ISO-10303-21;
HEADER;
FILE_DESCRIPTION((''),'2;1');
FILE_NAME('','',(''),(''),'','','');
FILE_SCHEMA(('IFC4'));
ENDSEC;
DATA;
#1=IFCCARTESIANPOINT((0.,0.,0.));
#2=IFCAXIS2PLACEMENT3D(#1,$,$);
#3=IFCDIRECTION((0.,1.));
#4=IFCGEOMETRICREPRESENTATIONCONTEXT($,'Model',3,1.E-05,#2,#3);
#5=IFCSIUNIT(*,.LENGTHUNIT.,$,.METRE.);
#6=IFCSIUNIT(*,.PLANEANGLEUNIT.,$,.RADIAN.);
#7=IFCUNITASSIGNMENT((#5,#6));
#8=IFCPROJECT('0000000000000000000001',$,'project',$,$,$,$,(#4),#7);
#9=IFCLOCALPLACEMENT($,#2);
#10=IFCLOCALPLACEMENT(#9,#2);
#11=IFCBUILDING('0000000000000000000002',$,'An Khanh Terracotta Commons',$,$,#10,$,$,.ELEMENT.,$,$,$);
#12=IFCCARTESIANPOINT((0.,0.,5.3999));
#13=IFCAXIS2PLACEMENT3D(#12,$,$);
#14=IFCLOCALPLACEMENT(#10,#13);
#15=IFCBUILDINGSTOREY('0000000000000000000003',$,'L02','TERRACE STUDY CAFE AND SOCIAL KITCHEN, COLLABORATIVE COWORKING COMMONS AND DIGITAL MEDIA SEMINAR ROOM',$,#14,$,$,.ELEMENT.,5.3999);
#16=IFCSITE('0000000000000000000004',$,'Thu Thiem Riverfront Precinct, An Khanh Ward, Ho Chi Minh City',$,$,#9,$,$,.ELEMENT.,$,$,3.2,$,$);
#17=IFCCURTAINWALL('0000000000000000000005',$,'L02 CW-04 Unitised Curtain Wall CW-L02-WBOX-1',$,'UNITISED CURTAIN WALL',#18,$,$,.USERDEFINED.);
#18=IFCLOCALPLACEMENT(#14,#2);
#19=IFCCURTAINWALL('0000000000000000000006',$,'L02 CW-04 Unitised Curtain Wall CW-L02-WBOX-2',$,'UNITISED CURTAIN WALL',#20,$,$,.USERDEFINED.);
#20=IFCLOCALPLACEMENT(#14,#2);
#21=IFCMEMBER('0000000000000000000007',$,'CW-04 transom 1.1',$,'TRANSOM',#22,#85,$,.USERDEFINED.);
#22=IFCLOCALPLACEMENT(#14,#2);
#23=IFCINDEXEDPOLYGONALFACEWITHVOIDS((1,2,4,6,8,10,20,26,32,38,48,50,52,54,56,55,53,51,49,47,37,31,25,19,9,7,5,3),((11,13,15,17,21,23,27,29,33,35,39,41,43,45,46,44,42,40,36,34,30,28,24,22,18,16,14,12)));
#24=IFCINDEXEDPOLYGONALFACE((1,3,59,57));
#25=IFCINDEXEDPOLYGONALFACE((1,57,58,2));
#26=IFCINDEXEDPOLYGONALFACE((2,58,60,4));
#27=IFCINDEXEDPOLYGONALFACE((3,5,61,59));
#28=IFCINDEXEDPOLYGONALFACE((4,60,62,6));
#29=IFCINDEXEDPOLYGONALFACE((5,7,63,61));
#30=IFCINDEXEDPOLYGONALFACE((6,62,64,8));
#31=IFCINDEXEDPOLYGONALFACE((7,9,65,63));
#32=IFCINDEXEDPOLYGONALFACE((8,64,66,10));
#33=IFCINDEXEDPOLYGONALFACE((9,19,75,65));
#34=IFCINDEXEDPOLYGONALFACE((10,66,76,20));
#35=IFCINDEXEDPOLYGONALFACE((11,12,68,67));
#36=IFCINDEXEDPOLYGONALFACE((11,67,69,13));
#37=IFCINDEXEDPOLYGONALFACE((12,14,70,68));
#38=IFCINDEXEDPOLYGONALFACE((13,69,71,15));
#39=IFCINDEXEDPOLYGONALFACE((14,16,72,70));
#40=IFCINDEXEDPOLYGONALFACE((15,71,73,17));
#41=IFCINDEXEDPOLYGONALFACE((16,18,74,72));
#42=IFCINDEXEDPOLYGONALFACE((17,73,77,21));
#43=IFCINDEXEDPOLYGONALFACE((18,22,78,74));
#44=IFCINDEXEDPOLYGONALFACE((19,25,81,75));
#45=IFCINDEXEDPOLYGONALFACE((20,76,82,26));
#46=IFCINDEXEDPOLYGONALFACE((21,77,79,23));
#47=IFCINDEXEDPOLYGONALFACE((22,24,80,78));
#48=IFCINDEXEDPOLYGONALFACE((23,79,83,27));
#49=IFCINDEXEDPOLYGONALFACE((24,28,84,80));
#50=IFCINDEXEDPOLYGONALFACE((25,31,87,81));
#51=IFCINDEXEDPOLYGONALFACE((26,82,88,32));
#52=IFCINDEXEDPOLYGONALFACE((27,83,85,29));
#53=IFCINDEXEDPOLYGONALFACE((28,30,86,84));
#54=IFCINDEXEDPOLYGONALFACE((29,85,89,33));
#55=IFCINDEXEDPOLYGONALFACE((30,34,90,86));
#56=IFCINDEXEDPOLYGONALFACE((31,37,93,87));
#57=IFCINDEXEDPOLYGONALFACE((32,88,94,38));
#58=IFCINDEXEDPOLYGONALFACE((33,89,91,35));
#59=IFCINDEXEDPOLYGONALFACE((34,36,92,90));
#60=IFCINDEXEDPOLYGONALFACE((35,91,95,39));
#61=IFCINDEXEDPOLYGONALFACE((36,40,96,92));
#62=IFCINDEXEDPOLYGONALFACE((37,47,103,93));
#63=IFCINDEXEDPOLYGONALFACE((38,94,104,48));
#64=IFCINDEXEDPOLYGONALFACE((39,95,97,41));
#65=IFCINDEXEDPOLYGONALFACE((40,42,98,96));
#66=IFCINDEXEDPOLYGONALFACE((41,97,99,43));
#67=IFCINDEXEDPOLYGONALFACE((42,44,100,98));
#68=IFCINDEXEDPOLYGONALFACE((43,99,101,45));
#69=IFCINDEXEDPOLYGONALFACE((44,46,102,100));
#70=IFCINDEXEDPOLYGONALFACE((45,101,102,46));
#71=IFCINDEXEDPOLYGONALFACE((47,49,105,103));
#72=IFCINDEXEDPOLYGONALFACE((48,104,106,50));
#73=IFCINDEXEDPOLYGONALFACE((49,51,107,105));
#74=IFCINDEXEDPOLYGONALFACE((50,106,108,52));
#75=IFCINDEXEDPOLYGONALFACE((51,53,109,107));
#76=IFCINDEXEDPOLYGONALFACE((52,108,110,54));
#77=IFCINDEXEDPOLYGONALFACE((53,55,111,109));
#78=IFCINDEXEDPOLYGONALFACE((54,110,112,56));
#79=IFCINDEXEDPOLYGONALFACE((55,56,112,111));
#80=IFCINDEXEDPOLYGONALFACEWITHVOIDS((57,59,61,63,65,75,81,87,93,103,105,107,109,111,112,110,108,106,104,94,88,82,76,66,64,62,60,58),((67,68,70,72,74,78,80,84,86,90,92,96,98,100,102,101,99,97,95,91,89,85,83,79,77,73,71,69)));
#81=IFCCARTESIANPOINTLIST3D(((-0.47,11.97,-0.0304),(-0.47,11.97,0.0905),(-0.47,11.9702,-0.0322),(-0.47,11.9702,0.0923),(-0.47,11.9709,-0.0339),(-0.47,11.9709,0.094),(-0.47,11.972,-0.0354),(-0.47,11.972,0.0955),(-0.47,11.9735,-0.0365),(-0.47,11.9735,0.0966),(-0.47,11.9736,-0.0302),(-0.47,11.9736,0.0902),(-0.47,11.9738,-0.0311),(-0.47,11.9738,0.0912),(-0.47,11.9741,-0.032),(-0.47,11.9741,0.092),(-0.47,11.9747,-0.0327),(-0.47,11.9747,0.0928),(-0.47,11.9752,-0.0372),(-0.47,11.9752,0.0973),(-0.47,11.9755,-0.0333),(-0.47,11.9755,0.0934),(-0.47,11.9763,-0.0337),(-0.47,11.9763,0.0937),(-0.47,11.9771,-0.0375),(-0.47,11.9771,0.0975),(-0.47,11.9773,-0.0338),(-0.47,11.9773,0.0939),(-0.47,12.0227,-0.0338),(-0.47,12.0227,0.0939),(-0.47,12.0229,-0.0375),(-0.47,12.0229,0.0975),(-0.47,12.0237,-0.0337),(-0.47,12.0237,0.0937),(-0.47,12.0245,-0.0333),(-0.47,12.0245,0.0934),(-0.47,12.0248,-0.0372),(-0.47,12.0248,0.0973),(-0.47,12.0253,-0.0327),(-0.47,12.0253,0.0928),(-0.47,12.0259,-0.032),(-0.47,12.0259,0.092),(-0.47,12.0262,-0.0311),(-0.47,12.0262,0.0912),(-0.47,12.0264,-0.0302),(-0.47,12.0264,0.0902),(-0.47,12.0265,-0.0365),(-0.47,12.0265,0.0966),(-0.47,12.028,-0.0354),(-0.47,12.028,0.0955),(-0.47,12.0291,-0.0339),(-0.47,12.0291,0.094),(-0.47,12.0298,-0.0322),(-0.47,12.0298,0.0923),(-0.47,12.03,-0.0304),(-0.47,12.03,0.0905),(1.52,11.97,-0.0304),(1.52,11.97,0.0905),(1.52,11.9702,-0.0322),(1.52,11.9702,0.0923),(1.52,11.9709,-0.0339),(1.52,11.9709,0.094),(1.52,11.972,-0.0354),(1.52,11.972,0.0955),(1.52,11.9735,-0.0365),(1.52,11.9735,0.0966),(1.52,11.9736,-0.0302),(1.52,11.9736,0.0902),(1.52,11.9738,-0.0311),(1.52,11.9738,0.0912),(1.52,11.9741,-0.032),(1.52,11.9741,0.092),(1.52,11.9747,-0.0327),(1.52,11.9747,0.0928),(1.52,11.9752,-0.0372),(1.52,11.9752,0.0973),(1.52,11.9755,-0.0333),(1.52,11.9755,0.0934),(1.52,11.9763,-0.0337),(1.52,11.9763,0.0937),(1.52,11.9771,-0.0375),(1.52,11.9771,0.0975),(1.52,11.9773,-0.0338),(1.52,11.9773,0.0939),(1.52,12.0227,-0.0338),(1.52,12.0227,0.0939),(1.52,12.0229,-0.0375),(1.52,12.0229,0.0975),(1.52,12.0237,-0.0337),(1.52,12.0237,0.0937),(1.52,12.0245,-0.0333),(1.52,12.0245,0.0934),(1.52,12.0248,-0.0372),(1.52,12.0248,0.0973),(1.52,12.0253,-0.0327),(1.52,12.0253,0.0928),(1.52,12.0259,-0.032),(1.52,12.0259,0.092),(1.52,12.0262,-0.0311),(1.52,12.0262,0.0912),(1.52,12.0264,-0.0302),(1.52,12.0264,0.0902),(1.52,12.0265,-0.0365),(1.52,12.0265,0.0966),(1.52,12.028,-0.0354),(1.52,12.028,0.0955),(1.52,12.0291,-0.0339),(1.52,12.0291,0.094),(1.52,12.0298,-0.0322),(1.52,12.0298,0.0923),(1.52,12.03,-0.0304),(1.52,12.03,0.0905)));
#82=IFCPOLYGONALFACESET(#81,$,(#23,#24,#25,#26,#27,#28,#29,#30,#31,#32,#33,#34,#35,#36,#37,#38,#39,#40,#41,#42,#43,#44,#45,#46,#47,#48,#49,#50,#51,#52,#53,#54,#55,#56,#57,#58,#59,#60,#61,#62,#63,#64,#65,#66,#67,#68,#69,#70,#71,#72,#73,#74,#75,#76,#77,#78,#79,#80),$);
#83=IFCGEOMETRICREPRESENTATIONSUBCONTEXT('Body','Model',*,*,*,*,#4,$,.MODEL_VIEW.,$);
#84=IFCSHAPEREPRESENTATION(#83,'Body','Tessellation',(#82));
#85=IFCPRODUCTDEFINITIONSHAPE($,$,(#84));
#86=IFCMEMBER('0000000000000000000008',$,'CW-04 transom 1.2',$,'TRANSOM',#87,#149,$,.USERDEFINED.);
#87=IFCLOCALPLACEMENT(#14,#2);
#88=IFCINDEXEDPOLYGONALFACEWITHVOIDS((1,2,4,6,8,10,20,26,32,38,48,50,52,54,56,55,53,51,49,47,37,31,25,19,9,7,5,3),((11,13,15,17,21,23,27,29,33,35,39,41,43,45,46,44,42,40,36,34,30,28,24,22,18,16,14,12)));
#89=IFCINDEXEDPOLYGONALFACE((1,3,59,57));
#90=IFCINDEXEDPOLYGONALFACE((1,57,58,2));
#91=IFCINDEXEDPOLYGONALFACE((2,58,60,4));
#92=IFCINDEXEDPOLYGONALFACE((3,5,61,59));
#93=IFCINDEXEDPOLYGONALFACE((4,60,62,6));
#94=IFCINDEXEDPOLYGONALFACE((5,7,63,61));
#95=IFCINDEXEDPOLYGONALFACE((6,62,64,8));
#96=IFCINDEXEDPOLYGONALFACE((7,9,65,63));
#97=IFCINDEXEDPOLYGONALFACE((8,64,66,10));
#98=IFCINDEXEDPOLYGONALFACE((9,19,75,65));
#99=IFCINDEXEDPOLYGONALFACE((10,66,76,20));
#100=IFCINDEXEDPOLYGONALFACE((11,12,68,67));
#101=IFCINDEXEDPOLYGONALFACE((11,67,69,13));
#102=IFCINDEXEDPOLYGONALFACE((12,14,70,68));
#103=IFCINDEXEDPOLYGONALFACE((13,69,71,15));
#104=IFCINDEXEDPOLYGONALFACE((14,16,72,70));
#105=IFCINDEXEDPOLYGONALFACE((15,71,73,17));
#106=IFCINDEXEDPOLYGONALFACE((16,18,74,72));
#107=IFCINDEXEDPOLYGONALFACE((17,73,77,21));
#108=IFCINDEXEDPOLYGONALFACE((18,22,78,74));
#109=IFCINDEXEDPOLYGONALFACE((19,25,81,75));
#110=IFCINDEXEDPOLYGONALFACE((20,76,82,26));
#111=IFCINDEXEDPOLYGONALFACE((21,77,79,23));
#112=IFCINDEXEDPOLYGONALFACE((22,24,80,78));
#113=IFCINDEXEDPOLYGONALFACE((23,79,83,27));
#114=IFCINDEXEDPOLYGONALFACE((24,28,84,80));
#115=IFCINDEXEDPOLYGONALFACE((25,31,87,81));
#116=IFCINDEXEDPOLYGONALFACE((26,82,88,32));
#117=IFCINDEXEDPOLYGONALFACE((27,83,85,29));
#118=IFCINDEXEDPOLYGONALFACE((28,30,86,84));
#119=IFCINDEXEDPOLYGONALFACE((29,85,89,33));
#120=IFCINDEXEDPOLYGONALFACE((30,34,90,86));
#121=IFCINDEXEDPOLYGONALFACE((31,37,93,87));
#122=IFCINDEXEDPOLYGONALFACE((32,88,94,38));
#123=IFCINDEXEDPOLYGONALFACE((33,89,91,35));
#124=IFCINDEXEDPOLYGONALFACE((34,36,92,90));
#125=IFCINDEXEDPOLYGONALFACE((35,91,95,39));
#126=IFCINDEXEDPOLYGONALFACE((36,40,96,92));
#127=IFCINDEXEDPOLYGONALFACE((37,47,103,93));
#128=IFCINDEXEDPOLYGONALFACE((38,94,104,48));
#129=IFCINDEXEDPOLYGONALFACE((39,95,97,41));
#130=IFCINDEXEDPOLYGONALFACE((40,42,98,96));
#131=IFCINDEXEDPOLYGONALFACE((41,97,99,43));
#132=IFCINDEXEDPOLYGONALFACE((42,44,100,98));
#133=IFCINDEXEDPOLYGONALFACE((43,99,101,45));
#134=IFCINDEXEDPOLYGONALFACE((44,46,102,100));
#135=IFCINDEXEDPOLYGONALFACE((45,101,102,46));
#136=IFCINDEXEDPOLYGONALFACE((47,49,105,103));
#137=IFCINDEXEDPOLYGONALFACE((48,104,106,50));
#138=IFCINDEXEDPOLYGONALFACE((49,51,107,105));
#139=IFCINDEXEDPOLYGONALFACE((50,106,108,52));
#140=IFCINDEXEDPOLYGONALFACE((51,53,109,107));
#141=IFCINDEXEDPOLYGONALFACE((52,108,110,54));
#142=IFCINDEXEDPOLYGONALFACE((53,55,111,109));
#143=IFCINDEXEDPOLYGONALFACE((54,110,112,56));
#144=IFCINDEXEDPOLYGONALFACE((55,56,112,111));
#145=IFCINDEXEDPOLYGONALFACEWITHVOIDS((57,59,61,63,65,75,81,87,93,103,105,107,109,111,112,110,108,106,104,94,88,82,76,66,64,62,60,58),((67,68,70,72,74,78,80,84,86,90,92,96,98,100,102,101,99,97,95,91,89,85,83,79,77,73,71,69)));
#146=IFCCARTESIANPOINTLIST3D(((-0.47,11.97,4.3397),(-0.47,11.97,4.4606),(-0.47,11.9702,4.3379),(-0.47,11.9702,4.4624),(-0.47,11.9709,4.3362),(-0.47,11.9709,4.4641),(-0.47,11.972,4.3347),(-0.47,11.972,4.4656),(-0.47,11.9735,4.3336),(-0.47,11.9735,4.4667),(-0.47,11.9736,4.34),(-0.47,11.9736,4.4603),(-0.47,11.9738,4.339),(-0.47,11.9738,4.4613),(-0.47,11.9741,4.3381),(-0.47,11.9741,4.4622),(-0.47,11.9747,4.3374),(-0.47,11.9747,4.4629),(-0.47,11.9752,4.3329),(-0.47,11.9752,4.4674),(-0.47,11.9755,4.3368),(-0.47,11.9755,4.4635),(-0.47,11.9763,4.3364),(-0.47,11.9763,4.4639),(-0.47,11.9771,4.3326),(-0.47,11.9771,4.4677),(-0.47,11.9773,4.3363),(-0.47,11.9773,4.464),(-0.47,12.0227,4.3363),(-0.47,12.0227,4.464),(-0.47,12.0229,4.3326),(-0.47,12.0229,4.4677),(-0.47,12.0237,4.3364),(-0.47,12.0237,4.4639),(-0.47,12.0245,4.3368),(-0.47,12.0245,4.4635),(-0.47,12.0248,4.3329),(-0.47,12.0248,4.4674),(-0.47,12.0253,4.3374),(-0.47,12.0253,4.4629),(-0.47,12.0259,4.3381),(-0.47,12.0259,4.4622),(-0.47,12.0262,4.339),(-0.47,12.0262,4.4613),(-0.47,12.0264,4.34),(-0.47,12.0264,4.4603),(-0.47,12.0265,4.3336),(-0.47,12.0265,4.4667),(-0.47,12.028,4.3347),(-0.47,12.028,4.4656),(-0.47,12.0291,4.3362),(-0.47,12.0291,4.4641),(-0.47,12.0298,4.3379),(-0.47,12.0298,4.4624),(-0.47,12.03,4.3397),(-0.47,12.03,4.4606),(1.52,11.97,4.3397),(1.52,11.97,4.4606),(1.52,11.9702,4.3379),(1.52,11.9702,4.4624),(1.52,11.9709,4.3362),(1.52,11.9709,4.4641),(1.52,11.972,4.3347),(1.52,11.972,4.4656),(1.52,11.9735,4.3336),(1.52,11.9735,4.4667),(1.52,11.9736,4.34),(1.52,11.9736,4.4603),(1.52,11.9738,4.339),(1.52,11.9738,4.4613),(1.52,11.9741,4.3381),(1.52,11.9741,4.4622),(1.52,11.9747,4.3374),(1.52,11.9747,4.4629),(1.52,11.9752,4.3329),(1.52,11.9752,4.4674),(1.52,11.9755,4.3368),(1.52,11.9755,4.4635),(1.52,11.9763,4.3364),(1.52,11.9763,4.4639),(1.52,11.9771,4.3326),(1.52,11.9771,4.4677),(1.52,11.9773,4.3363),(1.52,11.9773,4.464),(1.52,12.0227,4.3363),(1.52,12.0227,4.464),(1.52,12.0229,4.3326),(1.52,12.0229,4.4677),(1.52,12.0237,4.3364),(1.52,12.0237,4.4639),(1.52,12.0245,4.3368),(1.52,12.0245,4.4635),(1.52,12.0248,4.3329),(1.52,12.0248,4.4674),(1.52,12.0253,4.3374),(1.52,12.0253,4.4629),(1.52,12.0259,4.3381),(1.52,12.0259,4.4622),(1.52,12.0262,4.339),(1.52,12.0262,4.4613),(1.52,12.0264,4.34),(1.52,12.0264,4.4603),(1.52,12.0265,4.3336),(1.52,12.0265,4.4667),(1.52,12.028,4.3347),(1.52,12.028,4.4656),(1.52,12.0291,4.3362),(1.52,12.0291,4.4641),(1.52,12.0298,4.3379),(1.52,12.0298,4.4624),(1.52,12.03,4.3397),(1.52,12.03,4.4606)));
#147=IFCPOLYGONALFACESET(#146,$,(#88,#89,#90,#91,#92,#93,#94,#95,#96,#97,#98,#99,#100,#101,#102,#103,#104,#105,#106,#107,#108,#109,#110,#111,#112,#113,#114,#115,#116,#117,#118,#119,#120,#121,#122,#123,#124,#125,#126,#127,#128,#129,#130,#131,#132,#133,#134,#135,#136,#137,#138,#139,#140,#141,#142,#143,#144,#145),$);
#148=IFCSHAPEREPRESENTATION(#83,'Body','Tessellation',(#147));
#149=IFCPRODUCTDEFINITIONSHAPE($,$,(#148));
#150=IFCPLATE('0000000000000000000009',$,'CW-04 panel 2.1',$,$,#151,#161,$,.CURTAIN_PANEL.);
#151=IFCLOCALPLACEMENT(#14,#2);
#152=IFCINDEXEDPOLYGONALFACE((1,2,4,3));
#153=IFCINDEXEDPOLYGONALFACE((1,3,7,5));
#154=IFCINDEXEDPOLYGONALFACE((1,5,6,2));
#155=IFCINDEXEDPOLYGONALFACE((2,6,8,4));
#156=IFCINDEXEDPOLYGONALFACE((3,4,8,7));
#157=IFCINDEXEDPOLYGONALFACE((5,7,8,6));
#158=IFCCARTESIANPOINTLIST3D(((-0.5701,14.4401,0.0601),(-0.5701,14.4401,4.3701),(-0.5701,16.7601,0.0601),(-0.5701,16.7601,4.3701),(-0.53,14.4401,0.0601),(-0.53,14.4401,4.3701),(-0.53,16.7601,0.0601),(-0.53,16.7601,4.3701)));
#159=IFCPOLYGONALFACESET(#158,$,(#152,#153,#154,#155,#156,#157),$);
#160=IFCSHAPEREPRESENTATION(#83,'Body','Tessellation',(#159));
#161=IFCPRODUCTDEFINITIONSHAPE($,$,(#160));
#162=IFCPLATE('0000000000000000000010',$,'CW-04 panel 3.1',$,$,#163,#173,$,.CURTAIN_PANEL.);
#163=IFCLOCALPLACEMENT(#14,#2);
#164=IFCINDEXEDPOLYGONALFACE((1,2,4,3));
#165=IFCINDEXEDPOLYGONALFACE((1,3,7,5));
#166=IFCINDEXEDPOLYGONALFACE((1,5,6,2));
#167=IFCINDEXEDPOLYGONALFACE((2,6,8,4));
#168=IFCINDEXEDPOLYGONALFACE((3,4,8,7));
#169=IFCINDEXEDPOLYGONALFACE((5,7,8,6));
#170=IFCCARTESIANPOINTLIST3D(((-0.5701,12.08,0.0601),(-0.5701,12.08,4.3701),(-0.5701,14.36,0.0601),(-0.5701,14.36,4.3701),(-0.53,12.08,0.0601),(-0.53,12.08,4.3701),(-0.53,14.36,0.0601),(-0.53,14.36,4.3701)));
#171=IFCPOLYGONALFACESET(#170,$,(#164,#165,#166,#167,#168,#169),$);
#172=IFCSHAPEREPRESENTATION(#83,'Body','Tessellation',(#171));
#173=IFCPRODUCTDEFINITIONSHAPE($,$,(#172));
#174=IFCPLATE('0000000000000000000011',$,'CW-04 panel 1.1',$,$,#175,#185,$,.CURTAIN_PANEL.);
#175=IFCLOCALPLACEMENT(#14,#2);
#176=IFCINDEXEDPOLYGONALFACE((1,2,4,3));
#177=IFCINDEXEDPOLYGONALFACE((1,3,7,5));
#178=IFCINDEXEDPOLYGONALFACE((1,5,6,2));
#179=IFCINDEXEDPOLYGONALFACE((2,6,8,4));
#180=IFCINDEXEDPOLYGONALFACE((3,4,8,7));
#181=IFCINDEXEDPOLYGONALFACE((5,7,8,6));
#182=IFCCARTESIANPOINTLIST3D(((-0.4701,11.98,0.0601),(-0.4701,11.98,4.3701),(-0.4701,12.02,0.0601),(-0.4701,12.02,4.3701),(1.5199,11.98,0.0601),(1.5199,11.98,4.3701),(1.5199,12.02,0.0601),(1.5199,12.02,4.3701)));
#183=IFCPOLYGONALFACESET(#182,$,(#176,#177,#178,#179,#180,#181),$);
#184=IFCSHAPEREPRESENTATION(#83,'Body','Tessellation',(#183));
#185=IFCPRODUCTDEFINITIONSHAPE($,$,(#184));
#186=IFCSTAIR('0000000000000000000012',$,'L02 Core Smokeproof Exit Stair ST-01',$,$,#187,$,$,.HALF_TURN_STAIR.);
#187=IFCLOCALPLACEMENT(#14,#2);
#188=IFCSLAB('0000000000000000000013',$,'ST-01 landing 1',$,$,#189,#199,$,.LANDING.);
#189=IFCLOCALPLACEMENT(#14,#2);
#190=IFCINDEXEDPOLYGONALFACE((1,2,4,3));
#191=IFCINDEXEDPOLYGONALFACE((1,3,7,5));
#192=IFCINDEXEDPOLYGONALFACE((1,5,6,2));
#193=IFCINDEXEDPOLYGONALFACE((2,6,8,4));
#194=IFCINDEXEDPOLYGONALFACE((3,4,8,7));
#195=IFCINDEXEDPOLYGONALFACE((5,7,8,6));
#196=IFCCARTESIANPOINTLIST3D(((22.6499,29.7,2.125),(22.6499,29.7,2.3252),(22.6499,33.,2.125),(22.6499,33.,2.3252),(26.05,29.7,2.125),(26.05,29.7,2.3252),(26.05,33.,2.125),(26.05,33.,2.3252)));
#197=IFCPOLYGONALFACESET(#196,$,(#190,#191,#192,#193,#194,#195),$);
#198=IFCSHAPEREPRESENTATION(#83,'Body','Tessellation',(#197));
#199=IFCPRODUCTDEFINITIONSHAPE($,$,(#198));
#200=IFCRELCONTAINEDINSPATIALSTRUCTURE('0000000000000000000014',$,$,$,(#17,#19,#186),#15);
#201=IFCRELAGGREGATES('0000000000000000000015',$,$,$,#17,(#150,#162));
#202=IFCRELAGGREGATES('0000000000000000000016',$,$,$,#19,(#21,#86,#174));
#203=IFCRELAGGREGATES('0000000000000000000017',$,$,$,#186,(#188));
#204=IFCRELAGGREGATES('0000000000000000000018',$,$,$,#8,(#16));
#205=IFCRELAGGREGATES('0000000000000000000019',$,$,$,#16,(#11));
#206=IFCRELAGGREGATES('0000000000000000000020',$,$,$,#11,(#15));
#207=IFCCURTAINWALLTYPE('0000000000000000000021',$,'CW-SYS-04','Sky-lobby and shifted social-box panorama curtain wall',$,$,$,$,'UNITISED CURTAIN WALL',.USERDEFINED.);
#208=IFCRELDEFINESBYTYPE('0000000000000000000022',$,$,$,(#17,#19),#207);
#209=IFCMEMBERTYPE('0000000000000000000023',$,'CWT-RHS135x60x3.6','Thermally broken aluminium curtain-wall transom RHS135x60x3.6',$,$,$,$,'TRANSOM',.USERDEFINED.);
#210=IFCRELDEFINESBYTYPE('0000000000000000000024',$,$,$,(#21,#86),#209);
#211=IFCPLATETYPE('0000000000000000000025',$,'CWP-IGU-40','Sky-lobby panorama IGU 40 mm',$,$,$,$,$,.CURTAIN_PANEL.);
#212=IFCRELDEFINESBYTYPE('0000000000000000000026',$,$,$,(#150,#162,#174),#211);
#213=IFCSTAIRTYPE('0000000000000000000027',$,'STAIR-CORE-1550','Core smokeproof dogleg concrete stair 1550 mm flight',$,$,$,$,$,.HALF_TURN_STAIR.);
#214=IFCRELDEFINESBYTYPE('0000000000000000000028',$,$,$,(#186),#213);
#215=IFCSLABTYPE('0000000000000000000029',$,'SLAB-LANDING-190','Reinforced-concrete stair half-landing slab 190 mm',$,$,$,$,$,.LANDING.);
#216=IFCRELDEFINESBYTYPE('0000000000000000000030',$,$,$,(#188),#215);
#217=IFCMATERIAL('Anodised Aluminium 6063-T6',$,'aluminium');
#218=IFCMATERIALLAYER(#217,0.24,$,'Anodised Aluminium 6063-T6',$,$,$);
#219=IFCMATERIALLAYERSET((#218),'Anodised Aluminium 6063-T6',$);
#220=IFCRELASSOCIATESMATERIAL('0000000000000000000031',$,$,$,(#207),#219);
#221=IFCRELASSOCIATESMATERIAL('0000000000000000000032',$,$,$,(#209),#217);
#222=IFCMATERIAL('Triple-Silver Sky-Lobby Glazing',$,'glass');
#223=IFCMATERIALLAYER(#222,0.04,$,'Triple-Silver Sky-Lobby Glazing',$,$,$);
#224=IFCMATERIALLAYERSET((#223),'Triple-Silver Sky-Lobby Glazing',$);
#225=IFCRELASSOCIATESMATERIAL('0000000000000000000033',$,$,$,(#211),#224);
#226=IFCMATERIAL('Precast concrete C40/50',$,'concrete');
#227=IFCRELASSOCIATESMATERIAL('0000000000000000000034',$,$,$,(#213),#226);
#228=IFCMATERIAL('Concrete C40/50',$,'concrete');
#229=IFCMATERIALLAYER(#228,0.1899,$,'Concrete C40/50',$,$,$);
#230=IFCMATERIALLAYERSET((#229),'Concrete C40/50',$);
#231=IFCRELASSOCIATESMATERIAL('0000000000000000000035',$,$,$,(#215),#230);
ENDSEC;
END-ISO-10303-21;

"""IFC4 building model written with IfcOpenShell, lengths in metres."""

from ifc_helpers import new_model, si_unit, direction, frame, origin, origin_2d, place, context, subcontext, project, spatial, polyline, rectangle, hollow_rectangle, outline, extrude, material, layer, layer_set, material_profile, profile_set, type_object, element, aggregate, save


model = new_model("IFC4")

# Units and contexts
model_context = context("Model", 3, precision=1e-05, world=origin(), true_north=direction((0.0, 1.0)))
body_context = subcontext(model_context, "Body", "Model", "MODEL_VIEW")
ifc_project = project(units=[si_unit("LENGTHUNIT", "METRE"), si_unit("PLANEANGLEUNIT", "RADIAN")], contexts=[model_context])

# Site, building, storey
site_placement = place(None, origin())
site = spatial("IfcSite", under=ifc_project, at=site_placement, Name="Thu Thiem Riverfront Precinct, An Khanh Ward, Ho Chi Minh City", CompositionType="ELEMENT", RefElevation=3.2)
building_placement = place(site_placement, origin())
building = spatial("IfcBuilding", under=site, at=building_placement, Name="An Khanh Terracotta Commons", CompositionType="ELEMENT")
storey_placement = place(building_placement, frame((0.0, 0.0, 5.3999)))
storey = spatial("IfcBuildingStorey", under=building, at=storey_placement, Name="L02", Description="TERRACE STUDY CAFE AND SOCIAL KITCHEN, COLLABORATIVE COWORKING COMMONS AND DIGITAL MEDIA SEMINAR ROOM", CompositionType="ELEMENT", Elevation=5.3999)

# Curtain walls
ifc_material_1 = material(Name="Anodised Aluminium 6063-T6", Category="aluminium")
ifc_layer_1 = layer(ifc_material_1, 0.24, Name="Anodised Aluminium 6063-T6")
ifc_layer_set_1 = layer_set([ifc_layer_1], Name="Anodised Aluminium 6063-T6")
curtain_wall_type = type_object("IfcCurtainWallType", Name="CW-SYS-04", Description="Sky-lobby and shifted social-box panorama curtain wall", ElementType="UNITISED CURTAIN WALL", PredefinedType="USERDEFINED", material=ifc_layer_set_1)
curtain_wall_1_placement = place(storey_placement, origin())
curtain_wall_1 = element("IfcCurtainWall", 1, at=curtain_wall_1_placement, inside=storey, type_object=curtain_wall_type, Name="L02 CW-04 Unitised Curtain Wall CW-L02-WBOX-1", ObjectType="UNITISED CURTAIN WALL", PredefinedType="USERDEFINED")
curtain_wall_2_placement = place(storey_placement, origin())
curtain_wall_2 = element("IfcCurtainWall", 2, at=curtain_wall_2_placement, inside=storey, type_object=curtain_wall_type, Name="L02 CW-04 Unitised Curtain Wall CW-L02-WBOX-2", ObjectType="UNITISED CURTAIN WALL", PredefinedType="USERDEFINED")

# Members
ifc_material_profile_1 = material_profile(ifc_material_1, hollow_rectangle(XDim=0.0601, YDim=0.135, WallThickness=0.0037, InnerFilletRadius=0.0037, OuterFilletRadius=0.0071, at=origin_2d()), Name="RHS135x60x3.6")
ifc_profile_set_1 = profile_set([ifc_material_profile_1], Name="Anodised Aluminium 6063-T6")
member_type_1 = type_object("IfcMemberType", Name="CWT-RHS135x60x3.6", Description="Thermally broken aluminium curtain-wall transom RHS135x60x3.6", ElementType="TRANSOM", PredefinedType="USERDEFINED", material=ifc_profile_set_1)
member_1_placement = place(storey_placement, frame((1.52, 12.0, 0.03), z_axis=(-1.0, 0.0, 0.0), x_axis=(0.0, -1.0, 0.0)))
member_1 = element("IfcMember", 3, at=member_1_placement, type_object=member_type_1, Name="CW-04 transom 1.1", ObjectType="TRANSOM", PredefinedType="USERDEFINED", context=body_context, shape_type="SweptSolid", body=[
    extrude(hollow_rectangle(XDim=0.0601, YDim=0.135, WallThickness=0.0037, InnerFilletRadius=0.0037, OuterFilletRadius=0.0071, at=origin_2d()), origin(), (0.0, 0.0, 1.0), 1.99),
])
member_2_placement = place(storey_placement, frame((1.52, 12.0, 4.4001), z_axis=(-1.0, 0.0, 0.0), x_axis=(0.0, -1.0, 0.0)))
member_2 = element("IfcMember", 4, at=member_2_placement, type_object=member_type_1, Name="CW-04 transom 1.2", ObjectType="TRANSOM", PredefinedType="USERDEFINED", context=body_context, shape_type="SweptSolid", body=[
    extrude(hollow_rectangle(XDim=0.0601, YDim=0.135, WallThickness=0.0037, InnerFilletRadius=0.0037, OuterFilletRadius=0.0071, at=origin_2d()), origin(), (0.0, 0.0, 1.0), 1.99),
])

# Plates
ifc_material_2 = material(Name="Triple-Silver Sky-Lobby Glazing", Category="glass")
ifc_layer_2 = layer(ifc_material_2, 0.04, Name="Triple-Silver Sky-Lobby Glazing")
ifc_layer_set_2 = layer_set([ifc_layer_2], Name="Triple-Silver Sky-Lobby Glazing")
plate_type = type_object("IfcPlateType", Name="CWP-IGU-40", Description="Sky-lobby panorama IGU 40 mm", PredefinedType="CURTAIN_PANEL", material=ifc_layer_set_2)
plate_1_placement = place(storey_placement, frame((-0.55, 15.6001, 0.0601), z_axis=(0.0, 0.0, 1.0), x_axis=(0.0, -1.0, 0.0)))
plate_1 = element("IfcPlate", 5, at=plate_1_placement, type_object=plate_type, Name="CW-04 panel 2.1", PredefinedType="CURTAIN_PANEL", context=body_context, shape_type="SweptSolid", body=[
    extrude(rectangle(XDim=2.3201, YDim=0.04, at=origin_2d()), origin(), (0.0, 0.0, 1.0), 4.3101),
])
plate_2_placement = place(storey_placement, frame((-0.55, 13.22, 0.0601), z_axis=(0.0, 0.0, 1.0), x_axis=(0.0, -1.0, 0.0)))
plate_2 = element("IfcPlate", 6, at=plate_2_placement, type_object=plate_type, Name="CW-04 panel 3.1", PredefinedType="CURTAIN_PANEL", context=body_context, shape_type="SweptSolid", body=[
    extrude(rectangle(XDim=2.28, YDim=0.04, at=origin_2d()), origin(), (0.0, 0.0, 1.0), 4.3101),
])
aggregate(curtain_wall_1, [plate_1, plate_2])
plate_3_placement = place(storey_placement, frame((0.5249, 12.0, 0.0601), z_axis=(0.0, 0.0, 1.0), x_axis=(-1.0, 0.0, 0.0)))
plate_3 = element("IfcPlate", 7, at=plate_3_placement, type_object=plate_type, Name="CW-04 panel 1.1", PredefinedType="CURTAIN_PANEL", context=body_context, shape_type="SweptSolid", body=[
    extrude(rectangle(XDim=1.99, YDim=0.04, at=origin_2d()), origin(), (0.0, 0.0, 1.0), 4.3101),
])
aggregate(curtain_wall_2, [member_1, member_2, plate_3])

# Stair, slab
ifc_material_3 = material(Name="Precast concrete C40/50", Category="concrete")
stair_type_1 = type_object("IfcStairType", Name="STAIR-CORE-1550", Description="Core smokeproof dogleg concrete stair 1550 mm flight", PredefinedType="HALF_TURN_STAIR", material=ifc_material_3)
stair_1_placement = place(storey_placement, origin())
stair_1 = element("IfcStair", 8, at=stair_1_placement, inside=storey, type_object=stair_type_1, Name="L02 Core Smokeproof Exit Stair ST-01", PredefinedType="HALF_TURN_STAIR")
ifc_material_4 = material(Name="Concrete C40/50", Category="concrete")
ifc_layer_3 = layer(ifc_material_4, 0.1899, Name="Concrete C40/50")
ifc_layer_set_3 = layer_set([ifc_layer_3], Name="Concrete C40/50")
slab_type_1 = type_object("IfcSlabType", Name="SLAB-LANDING-190", Description="Reinforced-concrete stair half-landing slab 190 mm", PredefinedType="LANDING", material=ifc_layer_set_3)
slab_1_placement = place(storey_placement, frame((0.0, 0.0, 2.125)))
slab_1 = element("IfcSlab", 9, at=slab_1_placement, type_object=slab_type_1, Name="ST-01 landing 1", PredefinedType="LANDING", context=body_context, shape_type="SweptSolid", body=[
    extrude(outline(polyline([(26.05, 33.0), (22.6499, 33.0), (22.6499, 29.7), (26.05, 29.7), (26.05, 33.0)])), origin(), (0.0, 0.0, 1.0), 0.2002),
])
aggregate(stair_1, [slab_1])

save(model, "model.ifc")
